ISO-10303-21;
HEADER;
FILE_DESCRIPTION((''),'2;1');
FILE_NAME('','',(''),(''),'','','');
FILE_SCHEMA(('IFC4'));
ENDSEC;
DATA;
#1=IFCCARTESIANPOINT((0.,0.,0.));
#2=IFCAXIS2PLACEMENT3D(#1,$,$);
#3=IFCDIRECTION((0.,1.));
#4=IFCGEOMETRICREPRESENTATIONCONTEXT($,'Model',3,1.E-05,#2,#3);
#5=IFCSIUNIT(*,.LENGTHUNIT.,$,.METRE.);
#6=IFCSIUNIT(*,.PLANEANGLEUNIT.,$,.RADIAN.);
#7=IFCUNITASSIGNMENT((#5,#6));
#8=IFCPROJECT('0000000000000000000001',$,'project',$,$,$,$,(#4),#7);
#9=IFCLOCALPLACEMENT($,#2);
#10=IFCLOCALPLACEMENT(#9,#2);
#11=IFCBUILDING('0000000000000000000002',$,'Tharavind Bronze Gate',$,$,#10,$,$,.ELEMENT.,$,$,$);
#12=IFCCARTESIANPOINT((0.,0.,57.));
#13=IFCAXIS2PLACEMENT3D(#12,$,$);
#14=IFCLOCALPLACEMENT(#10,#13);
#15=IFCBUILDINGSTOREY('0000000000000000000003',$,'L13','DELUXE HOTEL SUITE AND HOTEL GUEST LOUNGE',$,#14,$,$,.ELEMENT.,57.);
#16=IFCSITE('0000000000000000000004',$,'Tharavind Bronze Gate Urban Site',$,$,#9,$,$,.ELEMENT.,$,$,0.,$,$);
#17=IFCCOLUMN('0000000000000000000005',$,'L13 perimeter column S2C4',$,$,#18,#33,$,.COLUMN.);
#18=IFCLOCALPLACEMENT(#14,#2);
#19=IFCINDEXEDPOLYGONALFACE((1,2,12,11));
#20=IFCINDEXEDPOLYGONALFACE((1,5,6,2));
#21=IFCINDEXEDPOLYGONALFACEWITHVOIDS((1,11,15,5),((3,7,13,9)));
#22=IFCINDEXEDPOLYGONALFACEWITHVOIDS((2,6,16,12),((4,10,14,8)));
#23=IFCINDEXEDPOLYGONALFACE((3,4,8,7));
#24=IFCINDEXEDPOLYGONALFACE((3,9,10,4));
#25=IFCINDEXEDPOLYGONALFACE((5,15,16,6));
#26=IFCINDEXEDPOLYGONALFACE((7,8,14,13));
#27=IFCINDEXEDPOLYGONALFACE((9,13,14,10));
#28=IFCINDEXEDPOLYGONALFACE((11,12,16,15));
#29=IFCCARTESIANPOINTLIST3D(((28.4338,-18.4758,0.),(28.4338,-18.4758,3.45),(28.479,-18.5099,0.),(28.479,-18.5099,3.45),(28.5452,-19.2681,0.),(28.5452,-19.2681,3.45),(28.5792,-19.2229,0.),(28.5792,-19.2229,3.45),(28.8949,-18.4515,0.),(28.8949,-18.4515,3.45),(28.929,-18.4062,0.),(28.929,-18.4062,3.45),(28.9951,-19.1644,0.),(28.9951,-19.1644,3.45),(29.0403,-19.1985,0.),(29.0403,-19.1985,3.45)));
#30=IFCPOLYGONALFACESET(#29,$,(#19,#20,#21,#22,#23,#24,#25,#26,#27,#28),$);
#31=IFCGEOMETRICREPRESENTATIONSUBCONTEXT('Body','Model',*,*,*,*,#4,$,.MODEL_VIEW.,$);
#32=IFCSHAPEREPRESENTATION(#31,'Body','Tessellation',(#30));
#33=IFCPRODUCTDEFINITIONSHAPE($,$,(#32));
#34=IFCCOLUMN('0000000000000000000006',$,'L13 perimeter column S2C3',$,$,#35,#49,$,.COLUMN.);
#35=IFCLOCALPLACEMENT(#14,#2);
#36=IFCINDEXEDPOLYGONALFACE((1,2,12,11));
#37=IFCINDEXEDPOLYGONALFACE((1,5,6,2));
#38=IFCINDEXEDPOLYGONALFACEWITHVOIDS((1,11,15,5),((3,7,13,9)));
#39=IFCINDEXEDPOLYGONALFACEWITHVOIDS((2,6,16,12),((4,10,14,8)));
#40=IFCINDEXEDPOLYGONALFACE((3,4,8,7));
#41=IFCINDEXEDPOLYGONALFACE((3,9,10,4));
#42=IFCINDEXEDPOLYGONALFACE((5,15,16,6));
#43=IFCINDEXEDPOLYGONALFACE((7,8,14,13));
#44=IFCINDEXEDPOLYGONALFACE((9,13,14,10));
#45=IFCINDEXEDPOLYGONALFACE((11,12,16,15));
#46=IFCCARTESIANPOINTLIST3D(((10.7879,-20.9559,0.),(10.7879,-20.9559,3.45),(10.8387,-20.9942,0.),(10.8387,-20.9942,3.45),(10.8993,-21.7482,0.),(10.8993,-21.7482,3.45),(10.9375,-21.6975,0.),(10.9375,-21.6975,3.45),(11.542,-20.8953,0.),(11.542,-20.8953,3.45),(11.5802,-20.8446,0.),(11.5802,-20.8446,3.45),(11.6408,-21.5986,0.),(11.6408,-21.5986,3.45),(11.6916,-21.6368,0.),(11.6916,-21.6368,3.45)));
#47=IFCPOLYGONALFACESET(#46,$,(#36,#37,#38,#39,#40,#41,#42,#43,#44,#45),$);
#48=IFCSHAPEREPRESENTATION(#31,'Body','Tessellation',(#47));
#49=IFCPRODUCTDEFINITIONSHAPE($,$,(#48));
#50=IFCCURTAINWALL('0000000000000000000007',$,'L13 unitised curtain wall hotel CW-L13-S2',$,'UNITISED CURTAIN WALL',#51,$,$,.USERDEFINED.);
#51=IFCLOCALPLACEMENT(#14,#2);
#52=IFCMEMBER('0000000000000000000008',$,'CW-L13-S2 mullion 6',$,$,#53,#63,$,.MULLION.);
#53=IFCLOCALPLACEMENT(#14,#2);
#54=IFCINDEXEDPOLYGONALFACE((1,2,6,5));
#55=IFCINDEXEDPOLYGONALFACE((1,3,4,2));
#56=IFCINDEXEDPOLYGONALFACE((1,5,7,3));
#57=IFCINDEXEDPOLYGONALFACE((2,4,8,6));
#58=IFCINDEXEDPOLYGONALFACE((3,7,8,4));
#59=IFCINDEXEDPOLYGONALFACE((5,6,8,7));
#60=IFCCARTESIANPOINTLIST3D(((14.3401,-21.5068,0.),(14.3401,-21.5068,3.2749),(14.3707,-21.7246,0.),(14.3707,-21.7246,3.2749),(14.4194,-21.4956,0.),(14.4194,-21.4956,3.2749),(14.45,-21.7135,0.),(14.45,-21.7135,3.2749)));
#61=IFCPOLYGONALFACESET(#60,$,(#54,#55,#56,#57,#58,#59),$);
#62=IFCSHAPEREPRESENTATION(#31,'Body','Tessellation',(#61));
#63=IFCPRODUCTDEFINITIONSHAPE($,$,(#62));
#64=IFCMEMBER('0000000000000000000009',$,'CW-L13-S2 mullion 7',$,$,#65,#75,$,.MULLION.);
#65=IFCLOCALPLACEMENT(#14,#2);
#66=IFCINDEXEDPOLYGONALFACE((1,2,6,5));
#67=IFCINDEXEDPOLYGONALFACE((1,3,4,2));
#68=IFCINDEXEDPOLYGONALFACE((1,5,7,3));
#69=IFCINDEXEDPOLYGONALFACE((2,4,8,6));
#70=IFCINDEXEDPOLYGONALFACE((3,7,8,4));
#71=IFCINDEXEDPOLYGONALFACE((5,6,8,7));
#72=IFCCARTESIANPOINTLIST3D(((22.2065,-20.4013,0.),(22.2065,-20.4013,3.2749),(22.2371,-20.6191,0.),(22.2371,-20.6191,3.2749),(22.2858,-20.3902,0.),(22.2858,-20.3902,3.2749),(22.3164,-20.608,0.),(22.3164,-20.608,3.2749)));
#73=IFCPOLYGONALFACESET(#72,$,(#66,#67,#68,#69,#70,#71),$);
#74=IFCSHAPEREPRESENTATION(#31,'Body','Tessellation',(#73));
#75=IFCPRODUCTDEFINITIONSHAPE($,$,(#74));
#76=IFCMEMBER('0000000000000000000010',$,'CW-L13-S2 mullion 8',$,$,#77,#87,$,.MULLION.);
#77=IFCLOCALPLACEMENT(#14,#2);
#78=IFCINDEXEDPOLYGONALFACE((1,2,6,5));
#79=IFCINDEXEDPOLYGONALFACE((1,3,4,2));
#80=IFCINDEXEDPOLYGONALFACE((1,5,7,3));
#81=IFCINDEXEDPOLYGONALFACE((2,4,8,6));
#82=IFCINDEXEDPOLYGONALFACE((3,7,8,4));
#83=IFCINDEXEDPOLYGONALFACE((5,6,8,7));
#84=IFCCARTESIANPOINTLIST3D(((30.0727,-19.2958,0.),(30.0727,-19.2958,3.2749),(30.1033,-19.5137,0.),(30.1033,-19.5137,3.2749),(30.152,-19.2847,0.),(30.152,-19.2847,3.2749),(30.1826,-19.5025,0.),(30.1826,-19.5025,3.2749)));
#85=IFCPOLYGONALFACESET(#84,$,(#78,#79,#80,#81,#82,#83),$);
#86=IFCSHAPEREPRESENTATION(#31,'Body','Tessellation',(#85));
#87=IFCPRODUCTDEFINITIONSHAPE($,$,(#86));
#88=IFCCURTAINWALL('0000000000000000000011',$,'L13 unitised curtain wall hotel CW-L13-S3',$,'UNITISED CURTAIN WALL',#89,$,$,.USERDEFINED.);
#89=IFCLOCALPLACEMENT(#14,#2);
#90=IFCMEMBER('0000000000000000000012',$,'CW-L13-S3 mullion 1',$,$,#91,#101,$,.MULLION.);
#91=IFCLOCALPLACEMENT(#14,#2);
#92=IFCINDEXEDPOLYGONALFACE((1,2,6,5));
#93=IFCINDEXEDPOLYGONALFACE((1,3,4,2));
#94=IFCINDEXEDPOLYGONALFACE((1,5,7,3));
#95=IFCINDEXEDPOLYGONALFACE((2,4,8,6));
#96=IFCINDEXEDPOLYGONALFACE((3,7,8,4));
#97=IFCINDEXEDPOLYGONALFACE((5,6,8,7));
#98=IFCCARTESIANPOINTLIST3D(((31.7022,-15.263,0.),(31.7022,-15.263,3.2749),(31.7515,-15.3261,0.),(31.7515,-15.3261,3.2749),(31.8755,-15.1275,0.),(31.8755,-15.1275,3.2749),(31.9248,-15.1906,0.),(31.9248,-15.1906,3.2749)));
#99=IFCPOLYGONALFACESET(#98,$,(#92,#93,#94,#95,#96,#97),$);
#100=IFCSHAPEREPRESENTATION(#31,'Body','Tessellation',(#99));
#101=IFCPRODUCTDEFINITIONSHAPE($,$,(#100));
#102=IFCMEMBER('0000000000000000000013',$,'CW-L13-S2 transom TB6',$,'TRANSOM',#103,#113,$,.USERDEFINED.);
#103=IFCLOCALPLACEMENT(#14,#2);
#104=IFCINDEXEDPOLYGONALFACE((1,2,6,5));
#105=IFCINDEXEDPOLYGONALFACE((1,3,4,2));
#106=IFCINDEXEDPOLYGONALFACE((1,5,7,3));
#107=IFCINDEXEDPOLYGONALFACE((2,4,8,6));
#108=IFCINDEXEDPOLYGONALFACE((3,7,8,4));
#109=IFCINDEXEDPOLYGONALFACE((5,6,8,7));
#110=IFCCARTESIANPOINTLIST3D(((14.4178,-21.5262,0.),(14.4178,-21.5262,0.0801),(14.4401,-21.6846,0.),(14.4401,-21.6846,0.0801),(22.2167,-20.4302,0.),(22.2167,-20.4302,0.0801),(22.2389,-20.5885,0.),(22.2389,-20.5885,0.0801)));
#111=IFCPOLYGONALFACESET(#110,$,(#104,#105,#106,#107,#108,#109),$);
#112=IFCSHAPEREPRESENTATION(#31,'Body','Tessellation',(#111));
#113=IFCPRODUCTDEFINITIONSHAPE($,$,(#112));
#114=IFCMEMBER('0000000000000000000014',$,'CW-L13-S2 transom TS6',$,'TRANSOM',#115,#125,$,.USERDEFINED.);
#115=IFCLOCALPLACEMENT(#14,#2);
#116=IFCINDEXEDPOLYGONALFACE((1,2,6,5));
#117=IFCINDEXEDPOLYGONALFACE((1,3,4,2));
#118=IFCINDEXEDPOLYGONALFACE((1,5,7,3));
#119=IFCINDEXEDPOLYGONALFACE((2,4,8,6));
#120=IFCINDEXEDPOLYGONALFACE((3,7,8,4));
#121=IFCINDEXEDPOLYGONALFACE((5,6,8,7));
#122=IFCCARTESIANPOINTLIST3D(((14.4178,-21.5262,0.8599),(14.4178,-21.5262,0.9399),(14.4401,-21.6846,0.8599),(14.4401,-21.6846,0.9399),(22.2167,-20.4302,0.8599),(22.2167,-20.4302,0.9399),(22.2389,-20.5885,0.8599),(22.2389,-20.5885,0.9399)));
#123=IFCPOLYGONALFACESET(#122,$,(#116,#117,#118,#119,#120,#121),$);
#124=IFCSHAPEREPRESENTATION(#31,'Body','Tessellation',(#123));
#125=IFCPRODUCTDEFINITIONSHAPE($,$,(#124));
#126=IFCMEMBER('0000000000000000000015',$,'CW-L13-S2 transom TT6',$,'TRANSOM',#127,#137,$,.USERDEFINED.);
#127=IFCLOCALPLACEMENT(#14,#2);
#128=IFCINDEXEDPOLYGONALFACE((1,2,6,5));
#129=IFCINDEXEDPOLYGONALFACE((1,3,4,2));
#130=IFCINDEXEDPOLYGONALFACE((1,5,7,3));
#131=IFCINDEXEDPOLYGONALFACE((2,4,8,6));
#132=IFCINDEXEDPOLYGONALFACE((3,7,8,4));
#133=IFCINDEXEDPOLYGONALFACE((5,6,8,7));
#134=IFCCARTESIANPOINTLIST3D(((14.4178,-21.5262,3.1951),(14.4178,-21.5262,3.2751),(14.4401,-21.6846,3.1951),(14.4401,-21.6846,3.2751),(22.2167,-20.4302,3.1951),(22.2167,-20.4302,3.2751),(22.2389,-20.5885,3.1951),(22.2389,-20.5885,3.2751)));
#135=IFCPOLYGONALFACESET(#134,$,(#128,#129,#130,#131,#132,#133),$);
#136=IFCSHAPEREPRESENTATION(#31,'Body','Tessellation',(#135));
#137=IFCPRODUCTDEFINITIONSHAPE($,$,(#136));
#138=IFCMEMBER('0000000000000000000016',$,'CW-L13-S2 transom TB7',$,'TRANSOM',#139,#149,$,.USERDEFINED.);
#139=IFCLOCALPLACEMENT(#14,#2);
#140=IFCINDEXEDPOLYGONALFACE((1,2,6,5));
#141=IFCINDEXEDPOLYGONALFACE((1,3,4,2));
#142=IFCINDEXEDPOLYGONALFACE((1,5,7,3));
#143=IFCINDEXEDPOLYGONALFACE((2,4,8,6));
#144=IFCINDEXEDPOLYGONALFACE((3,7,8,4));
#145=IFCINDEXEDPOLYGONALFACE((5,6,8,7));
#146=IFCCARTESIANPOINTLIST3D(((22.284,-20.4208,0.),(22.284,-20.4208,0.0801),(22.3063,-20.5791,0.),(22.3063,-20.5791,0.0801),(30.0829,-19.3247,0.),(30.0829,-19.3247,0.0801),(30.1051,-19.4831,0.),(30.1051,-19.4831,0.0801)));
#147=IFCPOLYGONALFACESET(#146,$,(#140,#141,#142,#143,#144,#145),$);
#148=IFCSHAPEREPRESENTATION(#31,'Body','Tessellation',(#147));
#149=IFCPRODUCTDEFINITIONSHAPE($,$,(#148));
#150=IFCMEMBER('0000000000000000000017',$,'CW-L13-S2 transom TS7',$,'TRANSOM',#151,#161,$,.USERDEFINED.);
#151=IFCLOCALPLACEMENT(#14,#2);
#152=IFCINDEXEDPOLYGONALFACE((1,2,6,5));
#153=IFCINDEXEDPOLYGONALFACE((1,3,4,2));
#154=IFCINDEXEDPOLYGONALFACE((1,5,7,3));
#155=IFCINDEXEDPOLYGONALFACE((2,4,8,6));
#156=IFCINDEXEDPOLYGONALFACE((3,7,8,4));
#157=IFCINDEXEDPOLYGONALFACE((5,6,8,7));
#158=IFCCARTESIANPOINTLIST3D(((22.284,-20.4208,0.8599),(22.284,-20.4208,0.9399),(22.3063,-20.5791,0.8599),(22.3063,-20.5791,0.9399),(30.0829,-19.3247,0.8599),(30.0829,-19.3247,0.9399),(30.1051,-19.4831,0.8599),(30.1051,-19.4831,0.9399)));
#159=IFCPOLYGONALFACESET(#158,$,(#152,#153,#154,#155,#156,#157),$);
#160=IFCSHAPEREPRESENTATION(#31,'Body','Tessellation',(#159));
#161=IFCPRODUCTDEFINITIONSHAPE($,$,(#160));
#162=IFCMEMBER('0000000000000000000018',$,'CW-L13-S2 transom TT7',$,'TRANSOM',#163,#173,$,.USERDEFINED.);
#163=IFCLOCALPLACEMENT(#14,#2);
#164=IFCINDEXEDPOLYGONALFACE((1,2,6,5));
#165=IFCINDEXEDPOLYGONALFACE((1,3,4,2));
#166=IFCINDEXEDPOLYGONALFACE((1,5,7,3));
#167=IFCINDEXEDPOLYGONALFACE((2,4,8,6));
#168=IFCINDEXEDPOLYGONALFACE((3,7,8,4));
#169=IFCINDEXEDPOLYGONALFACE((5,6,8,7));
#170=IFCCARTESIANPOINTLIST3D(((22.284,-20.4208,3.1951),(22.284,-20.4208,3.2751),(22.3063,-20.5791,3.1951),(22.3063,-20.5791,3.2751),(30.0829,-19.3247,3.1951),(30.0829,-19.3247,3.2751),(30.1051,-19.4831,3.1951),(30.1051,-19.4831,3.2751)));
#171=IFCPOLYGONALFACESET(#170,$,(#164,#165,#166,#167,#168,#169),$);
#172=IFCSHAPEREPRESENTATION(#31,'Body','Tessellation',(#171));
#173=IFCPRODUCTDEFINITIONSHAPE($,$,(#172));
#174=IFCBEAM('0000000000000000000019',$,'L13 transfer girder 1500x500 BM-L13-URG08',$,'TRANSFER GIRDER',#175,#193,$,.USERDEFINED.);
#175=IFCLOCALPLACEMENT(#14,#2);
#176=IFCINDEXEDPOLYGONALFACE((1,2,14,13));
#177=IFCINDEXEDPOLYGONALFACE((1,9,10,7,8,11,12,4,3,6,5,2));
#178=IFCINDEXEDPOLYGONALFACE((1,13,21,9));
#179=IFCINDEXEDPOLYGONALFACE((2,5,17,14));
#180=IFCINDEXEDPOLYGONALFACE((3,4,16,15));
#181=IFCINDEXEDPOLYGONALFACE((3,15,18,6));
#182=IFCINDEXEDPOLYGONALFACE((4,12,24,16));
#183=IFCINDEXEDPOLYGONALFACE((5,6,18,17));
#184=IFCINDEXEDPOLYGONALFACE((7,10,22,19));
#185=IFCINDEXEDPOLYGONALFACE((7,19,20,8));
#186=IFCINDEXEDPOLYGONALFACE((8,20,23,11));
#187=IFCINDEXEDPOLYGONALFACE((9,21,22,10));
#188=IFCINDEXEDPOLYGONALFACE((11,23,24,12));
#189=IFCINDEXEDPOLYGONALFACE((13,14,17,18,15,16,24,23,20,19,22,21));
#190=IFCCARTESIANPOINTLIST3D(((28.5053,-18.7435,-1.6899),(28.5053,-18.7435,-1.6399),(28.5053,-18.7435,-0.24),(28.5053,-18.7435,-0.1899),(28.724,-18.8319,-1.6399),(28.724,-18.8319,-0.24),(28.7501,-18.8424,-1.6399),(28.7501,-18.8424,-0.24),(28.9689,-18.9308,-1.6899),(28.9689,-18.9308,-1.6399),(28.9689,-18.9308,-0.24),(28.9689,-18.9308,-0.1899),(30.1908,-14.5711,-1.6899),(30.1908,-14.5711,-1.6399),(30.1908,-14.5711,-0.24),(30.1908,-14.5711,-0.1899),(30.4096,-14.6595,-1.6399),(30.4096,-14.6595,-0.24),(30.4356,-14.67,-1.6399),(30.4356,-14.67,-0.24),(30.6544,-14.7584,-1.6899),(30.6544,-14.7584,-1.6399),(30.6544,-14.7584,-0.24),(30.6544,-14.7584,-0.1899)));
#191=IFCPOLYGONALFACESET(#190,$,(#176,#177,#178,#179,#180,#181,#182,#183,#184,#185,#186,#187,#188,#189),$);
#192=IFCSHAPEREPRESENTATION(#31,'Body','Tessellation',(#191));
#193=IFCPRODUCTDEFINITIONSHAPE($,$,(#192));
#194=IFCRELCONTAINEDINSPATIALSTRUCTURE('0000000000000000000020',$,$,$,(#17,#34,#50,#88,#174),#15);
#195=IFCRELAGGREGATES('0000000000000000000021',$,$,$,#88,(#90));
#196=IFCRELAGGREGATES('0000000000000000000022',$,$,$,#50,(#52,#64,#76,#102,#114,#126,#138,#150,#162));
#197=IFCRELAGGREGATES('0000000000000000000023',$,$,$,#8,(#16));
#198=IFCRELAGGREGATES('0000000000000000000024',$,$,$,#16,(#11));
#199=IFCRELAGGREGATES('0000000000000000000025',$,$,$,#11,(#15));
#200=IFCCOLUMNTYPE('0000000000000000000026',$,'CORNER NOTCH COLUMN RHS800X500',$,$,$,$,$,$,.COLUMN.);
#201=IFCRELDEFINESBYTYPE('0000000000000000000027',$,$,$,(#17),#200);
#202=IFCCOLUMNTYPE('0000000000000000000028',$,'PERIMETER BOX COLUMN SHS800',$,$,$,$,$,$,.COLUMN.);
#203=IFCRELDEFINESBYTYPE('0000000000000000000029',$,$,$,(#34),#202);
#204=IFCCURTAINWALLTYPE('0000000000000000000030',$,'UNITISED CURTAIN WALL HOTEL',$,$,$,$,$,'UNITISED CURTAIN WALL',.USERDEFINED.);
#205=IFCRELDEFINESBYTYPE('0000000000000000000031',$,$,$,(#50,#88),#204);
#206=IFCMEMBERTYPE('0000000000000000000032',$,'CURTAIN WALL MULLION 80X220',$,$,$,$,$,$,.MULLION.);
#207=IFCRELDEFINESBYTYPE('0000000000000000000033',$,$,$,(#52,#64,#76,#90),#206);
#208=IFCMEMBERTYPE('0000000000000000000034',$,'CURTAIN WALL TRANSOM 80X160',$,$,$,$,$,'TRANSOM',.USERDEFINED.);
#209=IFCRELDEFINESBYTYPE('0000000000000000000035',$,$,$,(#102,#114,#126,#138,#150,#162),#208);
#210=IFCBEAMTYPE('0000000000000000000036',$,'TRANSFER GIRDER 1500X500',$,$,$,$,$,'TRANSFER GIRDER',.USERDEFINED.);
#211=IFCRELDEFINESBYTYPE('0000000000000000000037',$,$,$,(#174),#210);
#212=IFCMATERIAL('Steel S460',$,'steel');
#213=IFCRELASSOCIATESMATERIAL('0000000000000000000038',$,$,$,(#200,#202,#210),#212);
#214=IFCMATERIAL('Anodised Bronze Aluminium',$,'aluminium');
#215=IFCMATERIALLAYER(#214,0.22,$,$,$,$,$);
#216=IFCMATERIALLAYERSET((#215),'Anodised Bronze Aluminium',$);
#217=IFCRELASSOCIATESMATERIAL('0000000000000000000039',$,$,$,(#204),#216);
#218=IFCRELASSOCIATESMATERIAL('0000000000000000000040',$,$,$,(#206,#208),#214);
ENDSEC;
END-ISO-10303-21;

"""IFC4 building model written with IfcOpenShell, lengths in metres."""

from ifc_helpers import new_model, si_unit, direction, frame, origin, origin_2d, place, context, subcontext, project, spatial, rectangle, hollow_rectangle, i_section, extrude, material, layer, layer_set, material_profile, profile_set, type_object, element, aggregate, save


model = new_model("IFC4")

# Units and contexts
model_context = context("Model", 3, precision=1e-05, world=origin(), true_north=direction((0.0, 1.0)))
body_context = subcontext(model_context, "Body", "Model", "MODEL_VIEW")
ifc_project = project(units=[si_unit("LENGTHUNIT", "METRE"), si_unit("PLANEANGLEUNIT", "RADIAN")], contexts=[model_context])

# Site, building, storey
site_placement = place(None, origin())
site = spatial("IfcSite", under=ifc_project, at=site_placement, Name="Tharavind Bronze Gate Urban Site", CompositionType="ELEMENT", RefElevation=0.0)
building_placement = place(site_placement, origin())
building = spatial("IfcBuilding", under=site, at=building_placement, Name="Tharavind Bronze Gate", CompositionType="ELEMENT")
storey_placement = place(building_placement, frame((0.0, 0.0, 57.0)))
storey = spatial("IfcBuildingStorey", under=building, at=storey_placement, Name="L13", Description="DELUXE HOTEL SUITE AND HOTEL GUEST LOUNGE", CompositionType="ELEMENT", Elevation=57.0)

# Columns
ifc_material_1 = material(Name="Steel S460", Category="steel")
ifc_material_profile_1 = material_profile(ifc_material_1, hollow_rectangle(XDim=0.5, YDim=0.8, WallThickness=0.04, at=origin_2d()), Name="RHS800X500X40")
ifc_profile_set_1 = profile_set([ifc_material_profile_1], Name="Steel S460")
column_type_1 = type_object("IfcColumnType", Name="CORNER NOTCH COLUMN RHS800X500", PredefinedType="COLUMN", material=ifc_profile_set_1)
column_1_placement = place(storey_placement, frame((28.7371, -18.8372, 0.0), z_axis=(0.0, 0.0, 1.0), x_axis=(0.990268, 0.139173, 0.0)))
element("IfcColumn", 1, at=column_1_placement, inside=storey, type_object=column_type_1, Name="L13 perimeter column S2C4", PredefinedType="COLUMN", context=body_context, shape_type="SweptSolid", body=[
    extrude(hollow_rectangle(XDim=0.5, YDim=0.8, WallThickness=0.04, at=origin_2d()), origin(), (0.0, 0.0, 1.0), 3.45),
])
ifc_material_profile_2 = material_profile(ifc_material_1, hollow_rectangle(XDim=0.8, YDim=0.8, WallThickness=0.0449, at=origin_2d()), Name="SHS800X45")
ifc_profile_set_2 = profile_set([ifc_material_profile_2], Name="Steel S460")
column_type_2 = type_object("IfcColumnType", Name="PERIMETER BOX COLUMN SHS800", PredefinedType="COLUMN", material=ifc_profile_set_2)
column_2_placement = place(storey_placement, frame((11.2397, -21.2964, 0.0), z_axis=(0.0, 0.0, 1.0), x_axis=(0.990268, 0.139173, 0.0)))
element("IfcColumn", 2, at=column_2_placement, inside=storey, type_object=column_type_2, Name="L13 perimeter column S2C3", PredefinedType="COLUMN", context=body_context, shape_type="SweptSolid", body=[
    extrude(hollow_rectangle(XDim=0.8, YDim=0.8, WallThickness=0.0449, at=origin_2d()), origin(), (0.0, 0.0, 1.0), 3.45),
])

# Curtain wall, members
ifc_material_2 = material(Name="Anodised Bronze Aluminium", Category="aluminium")
ifc_layer_1 = layer(ifc_material_2, 0.22)
ifc_layer_set_1 = layer_set([ifc_layer_1], Name="Anodised Bronze Aluminium")
curtain_wall_type = type_object("IfcCurtainWallType", Name="UNITISED CURTAIN WALL HOTEL", ElementType="UNITISED CURTAIN WALL", PredefinedType="USERDEFINED", material=ifc_layer_set_1)
curtain_wall_1_placement = place(storey_placement, origin())
curtain_wall_1 = element("IfcCurtainWall", 3, at=curtain_wall_1_placement, inside=storey, type_object=curtain_wall_type, Name="L13 unitised curtain wall hotel CW-L13-S2", ObjectType="UNITISED CURTAIN WALL", PredefinedType="USERDEFINED")
member_type_1 = type_object("IfcMemberType", Name="CURTAIN WALL MULLION 80X220", PredefinedType="MULLION", material=ifc_material_2)
member_1_placement = place(storey_placement, frame((14.395, -21.6101, 0.0), z_axis=(0.0, 0.0, 1.0), x_axis=(0.990268, 0.139173, 0.0)))
member_1 = element("IfcMember", 4, at=member_1_placement, type_object=member_type_1, Name="CW-L13-S2 mullion 6", PredefinedType="MULLION", context=body_context, shape_type="SweptSolid", body=[
    extrude(rectangle(XDim=0.0801, YDim=0.22, at=origin_2d()), origin(), (0.0, 0.0, 1.0), 3.2749),
])
member_2_placement = place(storey_placement, frame((22.2615, -20.5046, 0.0), z_axis=(0.0, 0.0, 1.0), x_axis=(0.990268, 0.139173, 0.0)))
member_2 = element("IfcMember", 5, at=member_2_placement, type_object=member_type_1, Name="CW-L13-S2 mullion 7", PredefinedType="MULLION", context=body_context, shape_type="SweptSolid", body=[
    extrude(rectangle(XDim=0.0801, YDim=0.22, at=origin_2d()), origin(), (0.0, 0.0, 1.0), 3.2749),
])
member_3_placement = place(storey_placement, frame((30.1277, -19.3992, 0.0), z_axis=(0.0, 0.0, 1.0), x_axis=(0.990268, 0.139173, 0.0)))
member_3 = element("IfcMember", 6, at=member_3_placement, type_object=member_type_1, Name="CW-L13-S2 mullion 8", PredefinedType="MULLION", context=body_context, shape_type="SweptSolid", body=[
    extrude(rectangle(XDim=0.0801, YDim=0.22, at=origin_2d()), origin(), (0.0, 0.0, 1.0), 3.2749),
])

# Curtain wall, member
curtain_wall_2_placement = place(storey_placement, origin())
curtain_wall_2 = element("IfcCurtainWall", 7, at=curtain_wall_2_placement, inside=storey, type_object=curtain_wall_type, Name="L13 unitised curtain wall hotel CW-L13-S3", ObjectType="UNITISED CURTAIN WALL", PredefinedType="USERDEFINED")
member_4_placement = place(storey_placement, frame((31.8135, -15.2268, 0.0), z_axis=(0.0, 0.0, 1.0), x_axis=(-0.615661, 0.788011, 0.0)))
member_4 = element("IfcMember", 8, at=member_4_placement, type_object=member_type_1, Name="CW-L13-S3 mullion 1", PredefinedType="MULLION", context=body_context, shape_type="SweptSolid", body=[
    extrude(rectangle(XDim=0.0801, YDim=0.22, at=origin_2d()), origin(), (0.0, 0.0, 1.0), 3.2749),
])
aggregate(curtain_wall_2, [member_4])

# Members
member_type_2 = type_object("IfcMemberType", Name="CURTAIN WALL TRANSOM 80X160", ElementType="TRANSOM", PredefinedType="USERDEFINED", material=ifc_material_2)
member_5_placement = place(storey_placement, frame((18.3284, -21.0574, 0.0), z_axis=(0.0, 0.0, 1.0), x_axis=(0.990268, 0.139173, 0.0)))
member_5 = element("IfcMember", 9, at=member_5_placement, type_object=member_type_2, Name="CW-L13-S2 transom TB6", ObjectType="TRANSOM", PredefinedType="USERDEFINED", context=body_context, shape_type="SweptSolid", body=[
    extrude(rectangle(XDim=7.8755, YDim=0.1599, at=origin_2d()), origin(), (0.0, 0.0, 1.0), 0.0801),
])
member_6_placement = place(storey_placement, frame((18.3284, -21.0574, 0.8599), z_axis=(0.0, 0.0, 1.0), x_axis=(0.990268, 0.139173, 0.0)))
member_6 = element("IfcMember", 10, at=member_6_placement, type_object=member_type_2, Name="CW-L13-S2 transom TS6", ObjectType="TRANSOM", PredefinedType="USERDEFINED", context=body_context, shape_type="SweptSolid", body=[
    extrude(rectangle(XDim=7.8755, YDim=0.1599, at=origin_2d()), origin(), (0.0, 0.0, 1.0), 0.0801),
])
member_7_placement = place(storey_placement, frame((18.3284, -21.0574, 3.1951), z_axis=(0.0, 0.0, 1.0), x_axis=(0.990268, 0.139173, 0.0)))
member_7 = element("IfcMember", 11, at=member_7_placement, type_object=member_type_2, Name="CW-L13-S2 transom TT6", ObjectType="TRANSOM", PredefinedType="USERDEFINED", context=body_context, shape_type="SweptSolid", body=[
    extrude(rectangle(XDim=7.8755, YDim=0.1599, at=origin_2d()), origin(), (0.0, 0.0, 1.0), 0.0801),
])
member_8_placement = place(storey_placement, frame((26.1946, -19.9519, 0.0), z_axis=(0.0, 0.0, 1.0), x_axis=(0.990268, 0.139173, 0.0)))
member_8 = element("IfcMember", 12, at=member_8_placement, type_object=member_type_2, Name="CW-L13-S2 transom TB7", ObjectType="TRANSOM", PredefinedType="USERDEFINED", context=body_context, shape_type="SweptSolid", body=[
    extrude(rectangle(XDim=7.8755, YDim=0.1599, at=origin_2d()), origin(), (0.0, 0.0, 1.0), 0.0801),
])
member_9_placement = place(storey_placement, frame((26.1946, -19.9519, 0.8599), z_axis=(0.0, 0.0, 1.0), x_axis=(0.990268, 0.139173, 0.0)))
member_9 = element("IfcMember", 13, at=member_9_placement, type_object=member_type_2, Name="CW-L13-S2 transom TS7", ObjectType="TRANSOM", PredefinedType="USERDEFINED", context=body_context, shape_type="SweptSolid", body=[
    extrude(rectangle(XDim=7.8755, YDim=0.1599, at=origin_2d()), origin(), (0.0, 0.0, 1.0), 0.0801),
])
member_10_placement = place(storey_placement, frame((26.1946, -19.9519, 3.1951), z_axis=(0.0, 0.0, 1.0), x_axis=(0.990268, 0.139173, 0.0)))
member_10 = element("IfcMember", 14, at=member_10_placement, type_object=member_type_2, Name="CW-L13-S2 transom TT7", ObjectType="TRANSOM", PredefinedType="USERDEFINED", context=body_context, shape_type="SweptSolid", body=[
    extrude(rectangle(XDim=7.8755, YDim=0.1599, at=origin_2d()), origin(), (0.0, 0.0, 1.0), 0.0801),
])

# Beam
ifc_material_profile_3 = material_profile(ifc_material_1, i_section(OverallWidth=0.5, OverallDepth=1.5, WebThickness=0.0281, FlangeThickness=0.05, at=origin_2d()), Name="PG1500X500")
ifc_profile_set_3 = profile_set([ifc_material_profile_3], Name="Steel S460")
beam_type_1 = type_object("IfcBeamType", Name="TRANSFER GIRDER 1500X500", ElementType="TRANSFER GIRDER", PredefinedType="USERDEFINED", material=ifc_profile_set_3)
beam_1_placement = place(storey_placement, frame((28.7371, -18.8372, -0.9399), z_axis=(0.374569, 0.927199, 0.0), x_axis=(-0.927199, 0.374569, 0.0)))
element("IfcBeam", 15, at=beam_1_placement, inside=storey, type_object=beam_type_1, Name="L13 transfer girder 1500x500 BM-L13-URG08", ObjectType="TRANSFER GIRDER", PredefinedType="USERDEFINED", context=body_context, shape_type="SweptSolid", body=[
    extrude(i_section(OverallWidth=0.5, OverallDepth=1.5, WebThickness=0.0281, FlangeThickness=0.05, at=origin_2d()), origin(), (0.0, 0.0, 1.0), 4.5),
])

aggregate(curtain_wall_1, [member_1, member_2, member_3, member_5, member_6, member_7, member_8, member_9, member_10])

save(model, "model.ifc")
